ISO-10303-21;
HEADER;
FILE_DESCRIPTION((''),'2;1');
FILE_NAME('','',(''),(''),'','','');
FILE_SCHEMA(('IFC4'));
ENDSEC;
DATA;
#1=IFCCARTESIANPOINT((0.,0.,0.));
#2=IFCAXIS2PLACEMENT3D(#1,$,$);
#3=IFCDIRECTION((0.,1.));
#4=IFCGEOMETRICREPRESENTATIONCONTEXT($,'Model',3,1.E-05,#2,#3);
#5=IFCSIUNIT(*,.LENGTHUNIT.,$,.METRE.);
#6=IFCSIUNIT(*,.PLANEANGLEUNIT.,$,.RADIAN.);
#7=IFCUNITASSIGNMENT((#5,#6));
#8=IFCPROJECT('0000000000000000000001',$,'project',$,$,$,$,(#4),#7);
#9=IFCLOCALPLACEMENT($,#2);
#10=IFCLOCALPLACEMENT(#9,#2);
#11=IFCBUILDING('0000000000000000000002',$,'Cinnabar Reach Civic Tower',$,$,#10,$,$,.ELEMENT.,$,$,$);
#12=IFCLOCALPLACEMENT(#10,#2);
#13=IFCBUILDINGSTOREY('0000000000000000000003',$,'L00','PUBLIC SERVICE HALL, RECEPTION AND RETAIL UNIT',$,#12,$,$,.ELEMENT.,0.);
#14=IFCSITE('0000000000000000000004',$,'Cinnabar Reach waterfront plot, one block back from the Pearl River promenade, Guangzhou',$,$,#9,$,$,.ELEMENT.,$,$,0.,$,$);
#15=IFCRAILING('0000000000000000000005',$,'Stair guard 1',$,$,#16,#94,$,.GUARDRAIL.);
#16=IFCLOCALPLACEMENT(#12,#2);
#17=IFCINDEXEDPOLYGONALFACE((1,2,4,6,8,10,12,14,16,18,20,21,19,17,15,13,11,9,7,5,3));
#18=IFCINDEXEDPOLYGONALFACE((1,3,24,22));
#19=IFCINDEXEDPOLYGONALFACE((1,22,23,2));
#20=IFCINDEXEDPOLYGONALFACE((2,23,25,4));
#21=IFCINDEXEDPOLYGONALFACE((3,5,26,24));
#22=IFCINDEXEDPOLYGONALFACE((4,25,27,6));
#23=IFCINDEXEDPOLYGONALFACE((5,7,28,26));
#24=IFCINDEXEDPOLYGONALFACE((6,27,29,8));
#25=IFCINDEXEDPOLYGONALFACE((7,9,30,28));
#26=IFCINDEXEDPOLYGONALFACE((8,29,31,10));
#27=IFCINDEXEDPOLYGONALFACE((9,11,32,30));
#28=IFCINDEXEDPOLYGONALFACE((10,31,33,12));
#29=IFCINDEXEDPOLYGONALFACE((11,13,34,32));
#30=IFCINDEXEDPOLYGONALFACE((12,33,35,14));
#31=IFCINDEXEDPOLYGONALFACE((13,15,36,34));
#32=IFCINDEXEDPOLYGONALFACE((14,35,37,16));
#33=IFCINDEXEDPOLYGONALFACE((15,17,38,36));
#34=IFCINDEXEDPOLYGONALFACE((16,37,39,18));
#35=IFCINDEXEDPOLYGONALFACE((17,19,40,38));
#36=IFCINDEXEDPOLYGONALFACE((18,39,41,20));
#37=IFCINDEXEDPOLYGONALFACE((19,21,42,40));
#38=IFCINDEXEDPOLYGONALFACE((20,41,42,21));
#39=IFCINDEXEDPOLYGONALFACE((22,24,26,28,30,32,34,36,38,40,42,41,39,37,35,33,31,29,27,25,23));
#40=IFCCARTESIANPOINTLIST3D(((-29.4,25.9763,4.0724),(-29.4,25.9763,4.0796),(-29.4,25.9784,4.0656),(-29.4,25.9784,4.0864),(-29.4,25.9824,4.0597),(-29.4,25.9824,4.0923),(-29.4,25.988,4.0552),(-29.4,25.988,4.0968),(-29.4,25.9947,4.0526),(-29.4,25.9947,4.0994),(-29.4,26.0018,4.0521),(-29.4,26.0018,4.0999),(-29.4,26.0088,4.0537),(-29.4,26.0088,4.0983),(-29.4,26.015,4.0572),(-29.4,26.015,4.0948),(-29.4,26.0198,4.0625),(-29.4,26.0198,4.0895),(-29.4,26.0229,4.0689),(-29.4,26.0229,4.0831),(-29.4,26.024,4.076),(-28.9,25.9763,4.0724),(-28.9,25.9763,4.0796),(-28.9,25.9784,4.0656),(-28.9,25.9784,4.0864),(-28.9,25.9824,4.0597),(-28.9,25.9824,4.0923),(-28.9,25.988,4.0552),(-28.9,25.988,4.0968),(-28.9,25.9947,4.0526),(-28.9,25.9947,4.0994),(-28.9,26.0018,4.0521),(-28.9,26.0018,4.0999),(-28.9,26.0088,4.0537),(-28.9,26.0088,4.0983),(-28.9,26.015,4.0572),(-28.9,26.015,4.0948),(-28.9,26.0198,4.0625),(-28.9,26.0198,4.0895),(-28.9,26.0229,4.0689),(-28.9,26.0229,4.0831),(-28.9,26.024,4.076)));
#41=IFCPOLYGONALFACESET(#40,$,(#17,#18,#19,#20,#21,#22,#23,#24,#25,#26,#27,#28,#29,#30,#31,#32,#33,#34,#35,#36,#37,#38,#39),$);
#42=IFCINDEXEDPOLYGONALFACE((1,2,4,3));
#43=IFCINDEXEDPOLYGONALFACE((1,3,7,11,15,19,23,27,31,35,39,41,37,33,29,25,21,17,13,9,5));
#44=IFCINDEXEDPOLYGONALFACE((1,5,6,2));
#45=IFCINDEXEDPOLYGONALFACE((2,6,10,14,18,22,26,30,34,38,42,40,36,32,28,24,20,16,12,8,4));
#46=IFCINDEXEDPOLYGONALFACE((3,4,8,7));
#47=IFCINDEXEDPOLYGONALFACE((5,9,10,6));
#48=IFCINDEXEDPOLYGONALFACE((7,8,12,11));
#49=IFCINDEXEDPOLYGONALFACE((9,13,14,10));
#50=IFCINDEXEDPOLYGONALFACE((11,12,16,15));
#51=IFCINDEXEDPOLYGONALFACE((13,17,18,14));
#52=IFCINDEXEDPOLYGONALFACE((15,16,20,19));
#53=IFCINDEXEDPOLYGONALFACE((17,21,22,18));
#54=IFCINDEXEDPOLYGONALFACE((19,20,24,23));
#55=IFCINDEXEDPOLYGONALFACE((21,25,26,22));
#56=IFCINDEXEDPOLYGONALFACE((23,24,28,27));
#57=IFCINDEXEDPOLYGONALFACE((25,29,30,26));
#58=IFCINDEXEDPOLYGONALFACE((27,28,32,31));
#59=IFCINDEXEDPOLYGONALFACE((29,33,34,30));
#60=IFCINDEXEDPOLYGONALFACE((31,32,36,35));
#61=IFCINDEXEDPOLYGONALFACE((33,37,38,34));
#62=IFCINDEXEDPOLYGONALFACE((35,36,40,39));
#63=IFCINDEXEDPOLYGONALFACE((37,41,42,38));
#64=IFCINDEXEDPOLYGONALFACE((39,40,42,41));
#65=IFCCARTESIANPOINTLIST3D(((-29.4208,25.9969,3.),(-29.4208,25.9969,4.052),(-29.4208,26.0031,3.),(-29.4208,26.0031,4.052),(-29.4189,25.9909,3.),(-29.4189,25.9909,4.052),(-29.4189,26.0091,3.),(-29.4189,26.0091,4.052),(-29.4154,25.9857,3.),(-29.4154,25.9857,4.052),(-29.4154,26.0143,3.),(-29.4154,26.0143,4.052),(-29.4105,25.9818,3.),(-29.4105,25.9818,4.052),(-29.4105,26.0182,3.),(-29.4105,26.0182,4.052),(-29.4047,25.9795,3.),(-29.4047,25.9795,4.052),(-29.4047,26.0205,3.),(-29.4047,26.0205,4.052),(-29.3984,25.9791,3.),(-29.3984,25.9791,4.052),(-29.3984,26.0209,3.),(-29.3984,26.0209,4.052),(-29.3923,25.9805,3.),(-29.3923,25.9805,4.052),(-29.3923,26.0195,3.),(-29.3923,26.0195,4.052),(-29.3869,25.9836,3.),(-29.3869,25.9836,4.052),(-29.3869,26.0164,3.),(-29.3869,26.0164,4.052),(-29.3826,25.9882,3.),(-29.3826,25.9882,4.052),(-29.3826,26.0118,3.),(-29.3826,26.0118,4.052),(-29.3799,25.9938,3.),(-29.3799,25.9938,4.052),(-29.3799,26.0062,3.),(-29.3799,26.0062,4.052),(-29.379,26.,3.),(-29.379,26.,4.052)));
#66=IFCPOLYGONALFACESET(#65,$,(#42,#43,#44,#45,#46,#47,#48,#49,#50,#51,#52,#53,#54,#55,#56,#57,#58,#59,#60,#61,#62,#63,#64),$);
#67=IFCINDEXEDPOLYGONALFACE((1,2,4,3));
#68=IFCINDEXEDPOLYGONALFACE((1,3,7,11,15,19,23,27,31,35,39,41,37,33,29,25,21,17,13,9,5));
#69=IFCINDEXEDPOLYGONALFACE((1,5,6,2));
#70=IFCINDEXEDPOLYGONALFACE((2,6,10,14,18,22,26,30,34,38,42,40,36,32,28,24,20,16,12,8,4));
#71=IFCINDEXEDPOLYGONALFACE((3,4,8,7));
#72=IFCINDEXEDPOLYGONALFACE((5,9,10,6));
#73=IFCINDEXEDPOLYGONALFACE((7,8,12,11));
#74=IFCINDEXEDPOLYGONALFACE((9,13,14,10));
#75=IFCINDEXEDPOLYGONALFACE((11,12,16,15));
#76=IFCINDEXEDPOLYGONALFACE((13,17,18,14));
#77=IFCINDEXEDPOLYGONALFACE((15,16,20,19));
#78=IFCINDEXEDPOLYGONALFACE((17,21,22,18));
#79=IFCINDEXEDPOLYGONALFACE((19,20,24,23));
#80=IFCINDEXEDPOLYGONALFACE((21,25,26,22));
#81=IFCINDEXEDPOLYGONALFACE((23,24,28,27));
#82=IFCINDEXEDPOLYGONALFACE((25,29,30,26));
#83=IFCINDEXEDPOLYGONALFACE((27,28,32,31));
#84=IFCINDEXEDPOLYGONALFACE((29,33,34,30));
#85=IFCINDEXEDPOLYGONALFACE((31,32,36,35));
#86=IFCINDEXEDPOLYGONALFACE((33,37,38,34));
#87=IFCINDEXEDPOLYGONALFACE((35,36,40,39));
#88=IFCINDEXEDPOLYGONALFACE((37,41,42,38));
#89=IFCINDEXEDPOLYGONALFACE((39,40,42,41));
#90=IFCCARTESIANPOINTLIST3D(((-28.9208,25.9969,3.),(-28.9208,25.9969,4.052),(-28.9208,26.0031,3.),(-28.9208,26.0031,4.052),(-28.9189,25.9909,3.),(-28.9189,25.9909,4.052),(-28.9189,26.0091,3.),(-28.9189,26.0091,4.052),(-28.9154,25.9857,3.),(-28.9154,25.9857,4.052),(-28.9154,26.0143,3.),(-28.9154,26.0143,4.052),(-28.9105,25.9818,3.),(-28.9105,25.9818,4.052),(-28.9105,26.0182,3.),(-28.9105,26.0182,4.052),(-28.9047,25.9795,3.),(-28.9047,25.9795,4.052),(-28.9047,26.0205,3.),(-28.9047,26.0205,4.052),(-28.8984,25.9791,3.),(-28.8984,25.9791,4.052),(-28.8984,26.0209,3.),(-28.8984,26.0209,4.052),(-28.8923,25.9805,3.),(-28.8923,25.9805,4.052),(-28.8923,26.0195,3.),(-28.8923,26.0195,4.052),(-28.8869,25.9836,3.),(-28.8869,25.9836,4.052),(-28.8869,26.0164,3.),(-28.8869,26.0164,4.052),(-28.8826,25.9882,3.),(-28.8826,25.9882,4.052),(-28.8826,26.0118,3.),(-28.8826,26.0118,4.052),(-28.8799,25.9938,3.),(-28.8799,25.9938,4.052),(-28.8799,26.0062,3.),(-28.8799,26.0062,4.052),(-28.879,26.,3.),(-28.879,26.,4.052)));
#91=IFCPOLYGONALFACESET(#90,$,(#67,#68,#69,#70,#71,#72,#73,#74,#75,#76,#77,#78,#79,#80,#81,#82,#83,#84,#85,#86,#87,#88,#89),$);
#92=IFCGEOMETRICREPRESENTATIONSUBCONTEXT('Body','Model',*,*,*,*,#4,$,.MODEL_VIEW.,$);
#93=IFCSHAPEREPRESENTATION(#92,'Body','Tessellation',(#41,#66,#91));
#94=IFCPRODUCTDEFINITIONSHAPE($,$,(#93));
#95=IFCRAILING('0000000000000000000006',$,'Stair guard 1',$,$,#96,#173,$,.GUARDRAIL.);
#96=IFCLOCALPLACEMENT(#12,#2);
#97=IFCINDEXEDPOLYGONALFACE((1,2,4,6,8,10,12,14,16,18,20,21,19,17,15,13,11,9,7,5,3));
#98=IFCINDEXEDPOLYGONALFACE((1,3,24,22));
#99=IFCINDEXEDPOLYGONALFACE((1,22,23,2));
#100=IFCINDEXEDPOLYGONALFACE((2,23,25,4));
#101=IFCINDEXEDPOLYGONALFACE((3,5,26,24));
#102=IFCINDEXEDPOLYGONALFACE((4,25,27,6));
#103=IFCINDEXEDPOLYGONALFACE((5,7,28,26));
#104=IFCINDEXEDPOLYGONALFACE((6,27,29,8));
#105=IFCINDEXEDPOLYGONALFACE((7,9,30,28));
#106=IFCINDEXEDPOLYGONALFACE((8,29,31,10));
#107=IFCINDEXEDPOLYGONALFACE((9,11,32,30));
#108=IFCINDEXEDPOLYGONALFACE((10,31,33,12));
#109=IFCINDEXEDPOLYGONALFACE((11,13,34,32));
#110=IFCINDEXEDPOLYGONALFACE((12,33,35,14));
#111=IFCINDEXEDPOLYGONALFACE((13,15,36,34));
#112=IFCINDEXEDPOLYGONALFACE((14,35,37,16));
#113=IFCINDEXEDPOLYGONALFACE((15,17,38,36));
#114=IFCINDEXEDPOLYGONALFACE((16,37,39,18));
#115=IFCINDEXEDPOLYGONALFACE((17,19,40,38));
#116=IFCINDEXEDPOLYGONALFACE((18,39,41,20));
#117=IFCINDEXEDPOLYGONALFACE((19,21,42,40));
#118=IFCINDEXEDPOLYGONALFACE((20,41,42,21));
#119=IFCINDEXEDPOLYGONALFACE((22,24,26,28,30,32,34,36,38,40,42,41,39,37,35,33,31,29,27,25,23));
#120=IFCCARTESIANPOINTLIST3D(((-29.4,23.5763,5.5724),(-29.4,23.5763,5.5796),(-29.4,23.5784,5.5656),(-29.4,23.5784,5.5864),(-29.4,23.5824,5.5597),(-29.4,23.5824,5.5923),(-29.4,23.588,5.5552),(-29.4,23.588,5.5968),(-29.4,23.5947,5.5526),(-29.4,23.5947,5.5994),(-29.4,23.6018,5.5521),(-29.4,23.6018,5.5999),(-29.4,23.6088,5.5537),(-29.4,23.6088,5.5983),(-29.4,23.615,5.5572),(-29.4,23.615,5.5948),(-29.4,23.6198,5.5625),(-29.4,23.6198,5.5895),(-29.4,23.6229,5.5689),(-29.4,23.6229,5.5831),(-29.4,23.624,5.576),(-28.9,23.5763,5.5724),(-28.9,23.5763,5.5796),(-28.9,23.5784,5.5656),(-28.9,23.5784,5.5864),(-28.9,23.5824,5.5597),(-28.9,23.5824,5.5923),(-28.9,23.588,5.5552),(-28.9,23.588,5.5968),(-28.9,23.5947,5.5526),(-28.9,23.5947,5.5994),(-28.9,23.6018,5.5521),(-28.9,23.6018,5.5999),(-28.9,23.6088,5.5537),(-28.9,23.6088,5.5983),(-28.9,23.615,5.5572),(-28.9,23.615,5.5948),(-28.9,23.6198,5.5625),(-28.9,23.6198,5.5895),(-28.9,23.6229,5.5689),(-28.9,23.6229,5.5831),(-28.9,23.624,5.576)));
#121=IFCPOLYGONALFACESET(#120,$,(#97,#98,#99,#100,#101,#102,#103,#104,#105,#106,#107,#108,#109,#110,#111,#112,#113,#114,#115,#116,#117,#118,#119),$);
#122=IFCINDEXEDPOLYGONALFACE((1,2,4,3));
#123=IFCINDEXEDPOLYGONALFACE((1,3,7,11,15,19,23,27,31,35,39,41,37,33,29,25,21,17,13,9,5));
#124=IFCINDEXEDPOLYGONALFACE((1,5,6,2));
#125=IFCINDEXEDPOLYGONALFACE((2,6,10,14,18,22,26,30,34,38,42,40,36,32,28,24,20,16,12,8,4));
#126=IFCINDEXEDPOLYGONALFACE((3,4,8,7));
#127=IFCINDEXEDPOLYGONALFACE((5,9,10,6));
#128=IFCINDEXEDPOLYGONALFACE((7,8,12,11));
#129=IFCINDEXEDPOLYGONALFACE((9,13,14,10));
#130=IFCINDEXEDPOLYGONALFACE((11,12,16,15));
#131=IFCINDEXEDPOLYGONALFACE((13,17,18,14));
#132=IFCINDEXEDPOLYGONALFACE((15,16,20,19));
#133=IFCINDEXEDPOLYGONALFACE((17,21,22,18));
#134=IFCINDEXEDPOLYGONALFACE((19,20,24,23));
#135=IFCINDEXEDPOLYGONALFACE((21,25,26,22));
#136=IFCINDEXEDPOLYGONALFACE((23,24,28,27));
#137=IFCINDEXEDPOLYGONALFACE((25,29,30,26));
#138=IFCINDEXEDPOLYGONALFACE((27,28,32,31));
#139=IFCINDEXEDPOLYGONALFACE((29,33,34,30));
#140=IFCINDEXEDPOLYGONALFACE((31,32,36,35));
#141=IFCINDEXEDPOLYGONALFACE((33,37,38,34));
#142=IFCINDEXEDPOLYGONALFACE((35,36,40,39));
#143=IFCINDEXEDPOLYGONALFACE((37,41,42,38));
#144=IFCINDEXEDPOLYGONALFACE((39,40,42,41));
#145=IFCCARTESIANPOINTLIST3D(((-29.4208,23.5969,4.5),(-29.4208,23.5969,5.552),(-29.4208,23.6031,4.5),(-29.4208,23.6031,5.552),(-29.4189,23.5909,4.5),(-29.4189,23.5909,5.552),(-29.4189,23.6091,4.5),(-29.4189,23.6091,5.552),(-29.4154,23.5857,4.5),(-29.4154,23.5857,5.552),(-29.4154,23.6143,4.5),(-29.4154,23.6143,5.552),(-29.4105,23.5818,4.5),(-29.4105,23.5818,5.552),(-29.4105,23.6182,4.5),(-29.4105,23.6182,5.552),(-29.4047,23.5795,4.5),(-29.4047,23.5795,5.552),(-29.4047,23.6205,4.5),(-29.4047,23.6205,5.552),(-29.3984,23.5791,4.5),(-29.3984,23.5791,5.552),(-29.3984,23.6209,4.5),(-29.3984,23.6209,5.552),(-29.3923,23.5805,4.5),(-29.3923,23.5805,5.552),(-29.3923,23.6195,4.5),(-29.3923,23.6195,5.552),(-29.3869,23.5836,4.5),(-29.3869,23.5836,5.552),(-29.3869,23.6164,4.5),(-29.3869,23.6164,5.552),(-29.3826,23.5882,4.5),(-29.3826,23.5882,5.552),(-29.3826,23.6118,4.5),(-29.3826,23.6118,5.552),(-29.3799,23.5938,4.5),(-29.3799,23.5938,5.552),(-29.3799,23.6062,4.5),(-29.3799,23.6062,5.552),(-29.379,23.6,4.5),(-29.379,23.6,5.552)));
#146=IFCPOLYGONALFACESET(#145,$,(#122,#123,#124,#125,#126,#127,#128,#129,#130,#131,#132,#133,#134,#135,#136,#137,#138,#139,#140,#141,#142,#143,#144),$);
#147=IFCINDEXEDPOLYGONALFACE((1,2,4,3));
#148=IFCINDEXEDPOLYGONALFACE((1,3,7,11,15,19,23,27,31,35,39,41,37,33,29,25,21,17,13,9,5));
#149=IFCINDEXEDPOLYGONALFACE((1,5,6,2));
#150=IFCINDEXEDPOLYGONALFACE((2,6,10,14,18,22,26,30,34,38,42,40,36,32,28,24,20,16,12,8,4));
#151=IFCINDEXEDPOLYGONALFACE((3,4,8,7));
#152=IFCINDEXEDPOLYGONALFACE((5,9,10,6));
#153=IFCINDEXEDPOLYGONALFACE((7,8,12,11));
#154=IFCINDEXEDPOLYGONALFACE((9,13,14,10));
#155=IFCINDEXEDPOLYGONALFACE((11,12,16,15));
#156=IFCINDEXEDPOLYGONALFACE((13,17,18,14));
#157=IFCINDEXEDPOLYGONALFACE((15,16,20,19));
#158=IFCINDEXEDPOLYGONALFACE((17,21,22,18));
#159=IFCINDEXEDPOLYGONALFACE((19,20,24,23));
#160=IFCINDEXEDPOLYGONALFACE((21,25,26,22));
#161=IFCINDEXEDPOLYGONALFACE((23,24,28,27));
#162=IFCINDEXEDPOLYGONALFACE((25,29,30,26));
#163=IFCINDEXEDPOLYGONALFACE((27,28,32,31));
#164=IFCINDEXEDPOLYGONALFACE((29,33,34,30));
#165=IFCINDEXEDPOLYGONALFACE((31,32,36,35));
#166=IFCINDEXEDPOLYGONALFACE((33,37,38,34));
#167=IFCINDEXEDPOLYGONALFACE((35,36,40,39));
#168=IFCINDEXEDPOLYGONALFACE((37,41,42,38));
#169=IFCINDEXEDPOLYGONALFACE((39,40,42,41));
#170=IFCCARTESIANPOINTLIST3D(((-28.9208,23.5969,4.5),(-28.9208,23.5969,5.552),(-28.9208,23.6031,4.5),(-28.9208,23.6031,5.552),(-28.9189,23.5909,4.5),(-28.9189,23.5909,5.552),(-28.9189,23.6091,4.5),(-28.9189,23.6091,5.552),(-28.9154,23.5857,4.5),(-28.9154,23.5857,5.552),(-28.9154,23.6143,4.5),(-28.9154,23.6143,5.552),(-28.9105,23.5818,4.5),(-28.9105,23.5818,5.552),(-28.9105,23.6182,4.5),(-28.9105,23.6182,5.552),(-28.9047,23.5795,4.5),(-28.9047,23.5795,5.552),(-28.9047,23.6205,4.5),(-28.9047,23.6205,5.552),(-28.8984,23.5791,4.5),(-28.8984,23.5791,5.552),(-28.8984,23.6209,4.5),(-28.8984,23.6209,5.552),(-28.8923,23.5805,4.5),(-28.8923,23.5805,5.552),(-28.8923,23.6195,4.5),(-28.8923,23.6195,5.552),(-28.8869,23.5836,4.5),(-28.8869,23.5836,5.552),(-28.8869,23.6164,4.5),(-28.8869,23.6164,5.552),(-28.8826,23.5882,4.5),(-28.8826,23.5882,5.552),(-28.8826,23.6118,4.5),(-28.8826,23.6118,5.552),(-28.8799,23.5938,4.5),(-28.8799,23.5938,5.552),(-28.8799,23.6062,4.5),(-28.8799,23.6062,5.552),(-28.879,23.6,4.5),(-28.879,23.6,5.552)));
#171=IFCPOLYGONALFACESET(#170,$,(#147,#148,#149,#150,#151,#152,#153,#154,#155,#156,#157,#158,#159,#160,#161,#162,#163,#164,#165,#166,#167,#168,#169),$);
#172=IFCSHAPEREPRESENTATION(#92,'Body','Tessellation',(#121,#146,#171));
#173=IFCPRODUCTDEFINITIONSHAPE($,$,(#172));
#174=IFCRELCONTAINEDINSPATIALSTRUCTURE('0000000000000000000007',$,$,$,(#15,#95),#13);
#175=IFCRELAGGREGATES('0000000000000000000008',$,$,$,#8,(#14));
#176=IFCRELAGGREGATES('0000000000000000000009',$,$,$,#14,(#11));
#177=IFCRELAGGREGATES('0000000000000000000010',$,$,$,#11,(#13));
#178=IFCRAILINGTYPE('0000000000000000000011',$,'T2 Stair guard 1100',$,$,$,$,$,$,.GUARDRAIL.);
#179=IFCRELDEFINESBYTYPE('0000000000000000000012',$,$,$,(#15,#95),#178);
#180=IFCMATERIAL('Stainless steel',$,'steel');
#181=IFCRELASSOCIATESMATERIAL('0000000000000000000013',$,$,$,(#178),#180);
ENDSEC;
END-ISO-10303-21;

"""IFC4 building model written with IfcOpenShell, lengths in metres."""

from ifc_helpers import new_model, si_unit, direction, frame, origin, origin_2d, place, context, subcontext, project, spatial, circle, extrude, material, type_object, element, save


model = new_model("IFC4")

# Units and contexts
model_context = context("Model", 3, precision=1e-05, world=origin(), true_north=direction((0.0, 1.0)))
body_context = subcontext(model_context, "Body", "Model", "MODEL_VIEW")
ifc_project = project(units=[si_unit("LENGTHUNIT", "METRE"), si_unit("PLANEANGLEUNIT", "RADIAN")], contexts=[model_context])

# Site, building, storey
site_placement = place(None, origin())
site = spatial("IfcSite", under=ifc_project, at=site_placement, Name="Cinnabar Reach waterfront plot, one block back from the Pearl River promenade, Guangzhou", CompositionType="ELEMENT", RefElevation=0.0)
building_placement = place(site_placement, origin())
building = spatial("IfcBuilding", under=site, at=building_placement, Name="Cinnabar Reach Civic Tower", CompositionType="ELEMENT")
storey_placement = place(building_placement, origin())
storey = spatial("IfcBuildingStorey", under=building, at=storey_placement, Name="L00", Description="PUBLIC SERVICE HALL, RECEPTION AND RETAIL UNIT", CompositionType="ELEMENT", Elevation=0.0)

# Railings
ifc_material_1 = material(Name="Stainless steel", Category="steel")
railing_type = type_object("IfcRailingType", Name="T2 Stair guard 1100", PredefinedType="GUARDRAIL", material=ifc_material_1)
for number, where, name in (
    (1, (-29.4, 26.0, 3.0), "Stair guard 1"),
    (2, (-29.4, 23.6, 4.5), "Stair guard 1"),
):
    element("IfcRailing", number, at=place(storey_placement, frame(where)), inside=storey, type_object=railing_type, Name=name, PredefinedType="GUARDRAIL", context=body_context, shape_type="SweptSolid", body=[
        extrude(circle(Radius=0.024, at=origin_2d()), frame((0.0, 0.0, 1.076), z_axis=(1.0, 0.0, 0.0), x_axis=(0.0, 1.0, 0.0)), (0.0, 0.0, 1.0), 0.5),
        extrude(circle(Radius=0.021, at=origin_2d()), origin(), (0.0, 0.0, 1.0), 1.052),
        extrude(circle(Radius=0.021, at=origin_2d()), frame((0.5, 0.0, 0.0)), (0.0, 0.0, 1.0), 1.052),
    ])

save(model, "model.ifc")
